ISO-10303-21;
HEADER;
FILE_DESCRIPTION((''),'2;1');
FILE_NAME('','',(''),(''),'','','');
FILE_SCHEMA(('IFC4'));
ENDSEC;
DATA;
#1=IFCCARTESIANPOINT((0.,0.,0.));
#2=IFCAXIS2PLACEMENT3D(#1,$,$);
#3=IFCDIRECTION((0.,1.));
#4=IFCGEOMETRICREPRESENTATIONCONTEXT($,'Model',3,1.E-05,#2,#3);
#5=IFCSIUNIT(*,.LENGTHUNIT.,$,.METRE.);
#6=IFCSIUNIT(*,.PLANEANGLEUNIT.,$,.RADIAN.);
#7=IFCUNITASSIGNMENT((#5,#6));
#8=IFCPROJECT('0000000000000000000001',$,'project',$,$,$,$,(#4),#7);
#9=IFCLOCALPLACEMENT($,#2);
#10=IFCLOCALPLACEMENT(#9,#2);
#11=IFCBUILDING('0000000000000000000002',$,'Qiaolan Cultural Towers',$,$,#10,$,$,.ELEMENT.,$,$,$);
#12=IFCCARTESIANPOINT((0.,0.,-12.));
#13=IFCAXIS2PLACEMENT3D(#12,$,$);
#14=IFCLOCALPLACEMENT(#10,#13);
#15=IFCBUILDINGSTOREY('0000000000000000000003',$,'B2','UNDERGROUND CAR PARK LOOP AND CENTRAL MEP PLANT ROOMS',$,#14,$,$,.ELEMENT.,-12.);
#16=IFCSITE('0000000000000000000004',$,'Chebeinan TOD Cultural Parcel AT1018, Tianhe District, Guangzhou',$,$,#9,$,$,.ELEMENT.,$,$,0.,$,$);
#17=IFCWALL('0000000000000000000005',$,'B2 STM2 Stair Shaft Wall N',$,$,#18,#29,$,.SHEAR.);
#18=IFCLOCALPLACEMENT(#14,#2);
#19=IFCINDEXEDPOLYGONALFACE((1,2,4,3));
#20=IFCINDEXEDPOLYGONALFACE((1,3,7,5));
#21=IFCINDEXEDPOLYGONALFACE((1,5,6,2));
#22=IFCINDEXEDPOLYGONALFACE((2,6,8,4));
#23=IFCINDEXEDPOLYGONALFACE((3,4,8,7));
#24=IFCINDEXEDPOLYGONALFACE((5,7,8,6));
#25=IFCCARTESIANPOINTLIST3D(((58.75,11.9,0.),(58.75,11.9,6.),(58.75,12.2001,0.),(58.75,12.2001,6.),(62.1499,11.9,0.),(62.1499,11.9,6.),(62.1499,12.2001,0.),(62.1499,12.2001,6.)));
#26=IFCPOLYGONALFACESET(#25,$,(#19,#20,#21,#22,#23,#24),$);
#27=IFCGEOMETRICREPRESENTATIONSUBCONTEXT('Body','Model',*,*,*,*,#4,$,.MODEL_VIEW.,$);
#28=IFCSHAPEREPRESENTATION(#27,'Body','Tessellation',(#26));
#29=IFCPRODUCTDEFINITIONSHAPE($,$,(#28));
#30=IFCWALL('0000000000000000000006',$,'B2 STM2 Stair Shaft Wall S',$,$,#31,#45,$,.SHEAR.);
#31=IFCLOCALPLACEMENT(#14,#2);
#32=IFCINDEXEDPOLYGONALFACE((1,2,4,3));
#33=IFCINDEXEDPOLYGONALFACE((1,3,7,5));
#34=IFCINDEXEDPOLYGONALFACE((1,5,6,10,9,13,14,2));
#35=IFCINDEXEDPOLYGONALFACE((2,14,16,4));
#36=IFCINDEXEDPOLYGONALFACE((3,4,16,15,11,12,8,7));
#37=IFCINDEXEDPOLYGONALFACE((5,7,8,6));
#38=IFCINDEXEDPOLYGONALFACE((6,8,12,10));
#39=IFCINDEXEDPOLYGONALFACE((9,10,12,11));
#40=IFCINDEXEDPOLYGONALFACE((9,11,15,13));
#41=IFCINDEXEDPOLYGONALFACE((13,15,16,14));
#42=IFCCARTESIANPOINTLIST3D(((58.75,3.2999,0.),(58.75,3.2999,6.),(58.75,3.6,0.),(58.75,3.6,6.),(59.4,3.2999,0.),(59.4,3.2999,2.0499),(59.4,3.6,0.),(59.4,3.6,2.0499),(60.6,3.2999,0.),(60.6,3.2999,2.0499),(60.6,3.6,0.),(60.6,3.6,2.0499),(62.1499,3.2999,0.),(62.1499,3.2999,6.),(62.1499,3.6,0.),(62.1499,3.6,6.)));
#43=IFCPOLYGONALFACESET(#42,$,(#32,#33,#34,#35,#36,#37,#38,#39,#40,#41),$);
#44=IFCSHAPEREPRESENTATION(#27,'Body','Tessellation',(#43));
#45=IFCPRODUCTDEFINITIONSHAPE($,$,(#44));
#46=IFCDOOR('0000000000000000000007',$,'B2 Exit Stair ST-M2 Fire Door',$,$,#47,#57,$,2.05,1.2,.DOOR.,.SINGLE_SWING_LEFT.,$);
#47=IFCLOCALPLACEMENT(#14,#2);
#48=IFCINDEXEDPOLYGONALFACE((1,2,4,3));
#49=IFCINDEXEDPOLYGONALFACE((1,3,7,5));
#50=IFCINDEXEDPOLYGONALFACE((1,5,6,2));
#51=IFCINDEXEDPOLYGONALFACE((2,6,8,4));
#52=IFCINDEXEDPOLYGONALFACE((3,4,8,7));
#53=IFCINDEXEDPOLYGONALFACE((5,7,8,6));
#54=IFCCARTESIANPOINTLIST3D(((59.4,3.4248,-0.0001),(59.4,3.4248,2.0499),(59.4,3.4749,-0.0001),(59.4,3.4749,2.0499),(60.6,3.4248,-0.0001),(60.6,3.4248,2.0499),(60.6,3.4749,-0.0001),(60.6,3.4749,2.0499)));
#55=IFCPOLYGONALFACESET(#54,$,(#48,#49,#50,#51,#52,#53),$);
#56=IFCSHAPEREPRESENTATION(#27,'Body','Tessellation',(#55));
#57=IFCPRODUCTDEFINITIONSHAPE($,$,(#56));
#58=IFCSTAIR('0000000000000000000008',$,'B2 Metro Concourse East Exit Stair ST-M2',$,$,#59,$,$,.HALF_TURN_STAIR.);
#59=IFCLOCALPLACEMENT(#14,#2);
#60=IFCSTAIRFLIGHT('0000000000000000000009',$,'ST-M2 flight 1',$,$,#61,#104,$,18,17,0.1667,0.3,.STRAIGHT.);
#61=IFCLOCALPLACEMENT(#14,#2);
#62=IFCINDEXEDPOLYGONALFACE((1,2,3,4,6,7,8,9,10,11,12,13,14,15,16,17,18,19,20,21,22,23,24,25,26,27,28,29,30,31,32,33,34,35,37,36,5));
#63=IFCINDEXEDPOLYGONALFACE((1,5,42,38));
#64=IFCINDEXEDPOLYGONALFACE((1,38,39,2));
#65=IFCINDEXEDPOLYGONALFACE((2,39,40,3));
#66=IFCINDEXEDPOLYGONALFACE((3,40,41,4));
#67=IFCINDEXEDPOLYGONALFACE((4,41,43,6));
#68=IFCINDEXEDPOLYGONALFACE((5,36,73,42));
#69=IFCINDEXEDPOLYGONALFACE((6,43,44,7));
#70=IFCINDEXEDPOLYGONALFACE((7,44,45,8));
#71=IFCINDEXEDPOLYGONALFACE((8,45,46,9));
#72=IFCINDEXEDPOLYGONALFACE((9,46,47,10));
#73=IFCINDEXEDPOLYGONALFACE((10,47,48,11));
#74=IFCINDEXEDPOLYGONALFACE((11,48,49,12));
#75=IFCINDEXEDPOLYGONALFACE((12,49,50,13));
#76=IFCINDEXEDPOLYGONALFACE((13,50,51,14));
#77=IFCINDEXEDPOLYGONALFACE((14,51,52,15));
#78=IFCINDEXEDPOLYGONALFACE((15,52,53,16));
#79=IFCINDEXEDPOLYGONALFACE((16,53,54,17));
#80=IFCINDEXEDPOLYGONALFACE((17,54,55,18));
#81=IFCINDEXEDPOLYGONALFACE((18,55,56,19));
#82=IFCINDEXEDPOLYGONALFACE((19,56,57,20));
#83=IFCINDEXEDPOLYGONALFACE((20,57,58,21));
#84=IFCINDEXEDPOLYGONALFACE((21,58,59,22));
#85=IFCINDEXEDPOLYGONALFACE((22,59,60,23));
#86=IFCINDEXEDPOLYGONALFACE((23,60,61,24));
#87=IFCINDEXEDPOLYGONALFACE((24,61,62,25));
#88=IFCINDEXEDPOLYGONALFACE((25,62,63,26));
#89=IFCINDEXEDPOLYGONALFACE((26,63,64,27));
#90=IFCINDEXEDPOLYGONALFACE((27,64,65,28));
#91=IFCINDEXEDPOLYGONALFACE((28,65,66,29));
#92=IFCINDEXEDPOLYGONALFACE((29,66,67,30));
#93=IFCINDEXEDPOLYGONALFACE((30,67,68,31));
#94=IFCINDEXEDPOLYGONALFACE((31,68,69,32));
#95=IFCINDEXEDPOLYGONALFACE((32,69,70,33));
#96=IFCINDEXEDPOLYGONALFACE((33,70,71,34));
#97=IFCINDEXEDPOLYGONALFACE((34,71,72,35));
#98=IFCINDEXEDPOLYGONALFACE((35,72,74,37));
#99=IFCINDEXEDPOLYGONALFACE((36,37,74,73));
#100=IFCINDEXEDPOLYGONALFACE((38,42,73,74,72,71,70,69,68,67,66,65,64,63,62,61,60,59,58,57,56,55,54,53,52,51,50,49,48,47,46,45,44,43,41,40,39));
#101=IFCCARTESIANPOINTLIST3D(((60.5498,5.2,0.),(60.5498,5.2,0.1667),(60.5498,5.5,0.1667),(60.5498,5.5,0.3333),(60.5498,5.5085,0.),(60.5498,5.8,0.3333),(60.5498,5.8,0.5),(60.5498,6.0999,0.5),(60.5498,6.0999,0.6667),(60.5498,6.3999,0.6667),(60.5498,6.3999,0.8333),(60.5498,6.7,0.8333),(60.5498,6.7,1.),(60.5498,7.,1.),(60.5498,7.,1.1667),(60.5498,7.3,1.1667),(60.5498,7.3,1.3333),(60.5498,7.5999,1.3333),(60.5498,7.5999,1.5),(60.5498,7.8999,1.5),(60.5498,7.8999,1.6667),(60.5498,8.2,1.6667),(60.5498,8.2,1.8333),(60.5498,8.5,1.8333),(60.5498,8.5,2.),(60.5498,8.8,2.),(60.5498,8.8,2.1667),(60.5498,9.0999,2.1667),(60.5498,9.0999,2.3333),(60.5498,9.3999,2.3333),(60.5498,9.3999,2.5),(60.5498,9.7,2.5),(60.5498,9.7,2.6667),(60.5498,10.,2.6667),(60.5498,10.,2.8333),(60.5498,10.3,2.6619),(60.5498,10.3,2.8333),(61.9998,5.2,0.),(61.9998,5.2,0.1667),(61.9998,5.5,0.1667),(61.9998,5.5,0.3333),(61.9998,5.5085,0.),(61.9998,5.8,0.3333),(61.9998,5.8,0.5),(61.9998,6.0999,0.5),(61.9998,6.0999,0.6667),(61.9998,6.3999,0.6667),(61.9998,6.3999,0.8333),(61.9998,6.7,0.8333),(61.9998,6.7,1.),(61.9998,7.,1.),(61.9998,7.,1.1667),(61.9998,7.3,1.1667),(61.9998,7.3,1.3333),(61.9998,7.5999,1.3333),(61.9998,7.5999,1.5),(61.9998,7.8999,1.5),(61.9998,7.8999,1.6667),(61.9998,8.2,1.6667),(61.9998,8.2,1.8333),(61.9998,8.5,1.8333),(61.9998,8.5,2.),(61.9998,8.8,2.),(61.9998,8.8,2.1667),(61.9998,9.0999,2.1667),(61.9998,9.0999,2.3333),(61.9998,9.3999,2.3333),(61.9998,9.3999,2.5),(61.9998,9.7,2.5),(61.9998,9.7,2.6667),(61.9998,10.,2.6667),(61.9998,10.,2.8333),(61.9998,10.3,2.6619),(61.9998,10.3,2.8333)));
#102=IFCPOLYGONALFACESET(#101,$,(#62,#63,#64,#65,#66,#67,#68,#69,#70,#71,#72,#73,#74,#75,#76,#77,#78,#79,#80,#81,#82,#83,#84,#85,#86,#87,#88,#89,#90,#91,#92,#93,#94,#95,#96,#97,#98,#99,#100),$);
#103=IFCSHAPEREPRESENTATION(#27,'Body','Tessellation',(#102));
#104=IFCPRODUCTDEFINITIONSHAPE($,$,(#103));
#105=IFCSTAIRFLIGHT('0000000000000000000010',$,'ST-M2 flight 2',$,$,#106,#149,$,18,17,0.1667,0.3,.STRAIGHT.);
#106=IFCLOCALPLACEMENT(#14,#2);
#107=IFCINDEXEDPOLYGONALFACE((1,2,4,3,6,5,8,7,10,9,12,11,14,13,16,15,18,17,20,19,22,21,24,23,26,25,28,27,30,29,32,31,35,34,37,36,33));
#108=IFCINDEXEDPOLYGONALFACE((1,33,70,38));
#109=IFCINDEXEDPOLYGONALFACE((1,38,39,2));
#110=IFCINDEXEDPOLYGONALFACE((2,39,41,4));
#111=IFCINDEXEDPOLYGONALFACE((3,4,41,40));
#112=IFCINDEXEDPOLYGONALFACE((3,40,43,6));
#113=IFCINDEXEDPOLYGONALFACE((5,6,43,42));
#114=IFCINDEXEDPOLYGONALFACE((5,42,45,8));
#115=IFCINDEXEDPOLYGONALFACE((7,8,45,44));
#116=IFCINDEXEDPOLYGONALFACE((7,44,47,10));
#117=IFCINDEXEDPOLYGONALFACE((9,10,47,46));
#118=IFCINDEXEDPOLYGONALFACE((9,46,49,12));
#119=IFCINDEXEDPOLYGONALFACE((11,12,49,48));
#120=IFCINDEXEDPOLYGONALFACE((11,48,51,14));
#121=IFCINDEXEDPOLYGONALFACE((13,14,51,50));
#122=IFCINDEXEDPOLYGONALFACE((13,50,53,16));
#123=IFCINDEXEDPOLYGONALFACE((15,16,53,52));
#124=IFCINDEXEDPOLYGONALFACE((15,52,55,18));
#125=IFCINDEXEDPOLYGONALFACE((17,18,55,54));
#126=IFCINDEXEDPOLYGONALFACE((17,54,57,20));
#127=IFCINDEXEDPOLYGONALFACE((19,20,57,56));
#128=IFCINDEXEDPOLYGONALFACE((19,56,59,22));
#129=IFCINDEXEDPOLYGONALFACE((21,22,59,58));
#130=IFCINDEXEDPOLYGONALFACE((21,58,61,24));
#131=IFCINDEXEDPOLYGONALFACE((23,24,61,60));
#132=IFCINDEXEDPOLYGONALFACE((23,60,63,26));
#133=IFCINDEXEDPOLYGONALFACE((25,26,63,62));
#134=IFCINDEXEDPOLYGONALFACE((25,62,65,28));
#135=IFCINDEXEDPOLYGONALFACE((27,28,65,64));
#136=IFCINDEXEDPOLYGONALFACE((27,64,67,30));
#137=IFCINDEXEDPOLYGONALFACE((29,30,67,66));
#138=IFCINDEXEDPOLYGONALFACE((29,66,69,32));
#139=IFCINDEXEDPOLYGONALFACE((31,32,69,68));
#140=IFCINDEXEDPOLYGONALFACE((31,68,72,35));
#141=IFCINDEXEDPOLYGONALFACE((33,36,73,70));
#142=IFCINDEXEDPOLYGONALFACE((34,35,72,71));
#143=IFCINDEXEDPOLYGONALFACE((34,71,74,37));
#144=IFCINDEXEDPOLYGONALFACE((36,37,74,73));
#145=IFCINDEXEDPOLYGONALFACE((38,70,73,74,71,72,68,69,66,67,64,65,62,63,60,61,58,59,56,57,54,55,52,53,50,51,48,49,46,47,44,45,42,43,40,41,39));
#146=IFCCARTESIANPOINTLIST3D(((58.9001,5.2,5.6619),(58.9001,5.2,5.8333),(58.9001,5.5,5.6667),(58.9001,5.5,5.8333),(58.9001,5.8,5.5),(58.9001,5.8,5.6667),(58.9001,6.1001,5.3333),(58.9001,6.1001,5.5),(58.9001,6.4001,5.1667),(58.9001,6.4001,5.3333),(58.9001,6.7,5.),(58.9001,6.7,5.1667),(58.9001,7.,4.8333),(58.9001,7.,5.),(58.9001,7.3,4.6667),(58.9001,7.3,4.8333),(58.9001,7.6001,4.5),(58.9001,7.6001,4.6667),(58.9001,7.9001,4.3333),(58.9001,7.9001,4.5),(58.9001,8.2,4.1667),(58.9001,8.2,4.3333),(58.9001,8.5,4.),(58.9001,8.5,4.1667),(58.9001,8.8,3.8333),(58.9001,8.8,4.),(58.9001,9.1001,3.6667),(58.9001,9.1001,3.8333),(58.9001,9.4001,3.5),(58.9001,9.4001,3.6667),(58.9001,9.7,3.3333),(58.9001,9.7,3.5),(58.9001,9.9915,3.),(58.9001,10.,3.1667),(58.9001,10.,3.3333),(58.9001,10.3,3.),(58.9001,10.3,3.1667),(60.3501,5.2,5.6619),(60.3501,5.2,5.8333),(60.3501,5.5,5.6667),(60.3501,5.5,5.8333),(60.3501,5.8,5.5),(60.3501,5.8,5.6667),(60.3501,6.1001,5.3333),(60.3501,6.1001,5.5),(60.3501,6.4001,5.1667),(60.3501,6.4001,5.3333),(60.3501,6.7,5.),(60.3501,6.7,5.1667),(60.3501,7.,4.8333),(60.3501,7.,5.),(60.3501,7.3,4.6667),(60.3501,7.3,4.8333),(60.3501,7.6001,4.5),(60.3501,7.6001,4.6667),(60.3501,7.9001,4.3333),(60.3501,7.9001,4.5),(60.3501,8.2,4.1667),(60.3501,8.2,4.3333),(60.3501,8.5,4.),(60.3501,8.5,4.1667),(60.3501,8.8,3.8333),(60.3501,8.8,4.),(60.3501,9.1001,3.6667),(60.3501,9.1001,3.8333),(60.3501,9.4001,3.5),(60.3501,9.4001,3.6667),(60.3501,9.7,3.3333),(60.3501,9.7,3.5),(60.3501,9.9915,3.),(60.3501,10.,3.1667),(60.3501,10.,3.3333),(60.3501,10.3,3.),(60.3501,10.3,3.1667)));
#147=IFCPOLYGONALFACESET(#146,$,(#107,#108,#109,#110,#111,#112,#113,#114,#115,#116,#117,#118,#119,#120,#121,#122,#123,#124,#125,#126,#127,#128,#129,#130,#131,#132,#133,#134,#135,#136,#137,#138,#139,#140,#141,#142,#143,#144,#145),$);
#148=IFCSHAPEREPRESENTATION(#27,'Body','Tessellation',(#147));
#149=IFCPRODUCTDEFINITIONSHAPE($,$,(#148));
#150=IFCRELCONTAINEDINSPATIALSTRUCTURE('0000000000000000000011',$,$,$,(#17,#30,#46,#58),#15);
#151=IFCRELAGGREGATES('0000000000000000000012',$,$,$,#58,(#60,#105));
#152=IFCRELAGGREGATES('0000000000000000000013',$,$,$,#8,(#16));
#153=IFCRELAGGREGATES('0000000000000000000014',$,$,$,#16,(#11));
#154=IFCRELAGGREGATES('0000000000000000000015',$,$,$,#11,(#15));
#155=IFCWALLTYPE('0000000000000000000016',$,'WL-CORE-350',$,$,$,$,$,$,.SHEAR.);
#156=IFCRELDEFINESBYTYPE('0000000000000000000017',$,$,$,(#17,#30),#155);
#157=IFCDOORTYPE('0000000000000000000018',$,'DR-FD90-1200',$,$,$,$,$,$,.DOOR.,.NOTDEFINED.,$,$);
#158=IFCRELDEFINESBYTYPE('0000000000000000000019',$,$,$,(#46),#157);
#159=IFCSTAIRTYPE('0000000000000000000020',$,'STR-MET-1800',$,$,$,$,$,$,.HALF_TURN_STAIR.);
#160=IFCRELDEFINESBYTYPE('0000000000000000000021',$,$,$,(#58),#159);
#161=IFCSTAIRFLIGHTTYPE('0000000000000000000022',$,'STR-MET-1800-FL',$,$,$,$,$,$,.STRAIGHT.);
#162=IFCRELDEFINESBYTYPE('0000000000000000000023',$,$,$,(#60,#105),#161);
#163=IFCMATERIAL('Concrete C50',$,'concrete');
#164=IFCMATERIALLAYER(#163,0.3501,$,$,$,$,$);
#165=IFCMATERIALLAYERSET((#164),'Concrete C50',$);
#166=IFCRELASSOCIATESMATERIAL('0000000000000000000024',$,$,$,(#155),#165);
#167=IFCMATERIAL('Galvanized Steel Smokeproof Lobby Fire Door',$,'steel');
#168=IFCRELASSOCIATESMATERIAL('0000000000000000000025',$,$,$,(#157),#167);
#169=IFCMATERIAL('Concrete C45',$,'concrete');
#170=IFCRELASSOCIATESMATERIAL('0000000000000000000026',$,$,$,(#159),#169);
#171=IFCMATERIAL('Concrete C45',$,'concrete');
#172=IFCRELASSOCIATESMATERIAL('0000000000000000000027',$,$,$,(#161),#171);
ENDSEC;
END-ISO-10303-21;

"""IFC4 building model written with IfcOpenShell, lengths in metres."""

from ifc_helpers import new_model, si_unit, direction, frame, frame_2d, origin, place, context, subcontext, project, spatial, polyline, rectangle, outline, extrude, material, layer, layer_set, type_object, element, fill, aggregate, save


model = new_model("IFC4")

# Units and contexts
model_context = context("Model", 3, precision=1e-05, world=origin(), true_north=direction((0.0, 1.0)))
body_context = subcontext(model_context, "Body", "Model", "MODEL_VIEW")
ifc_project = project(units=[si_unit("LENGTHUNIT", "METRE"), si_unit("PLANEANGLEUNIT", "RADIAN")], contexts=[model_context])

# Site, building, storey
site_placement = place(None, origin())
site = spatial("IfcSite", under=ifc_project, at=site_placement, Name="Chebeinan TOD Cultural Parcel AT1018, Tianhe District, Guangzhou", CompositionType="ELEMENT", RefElevation=0.0)
building_placement = place(site_placement, origin())
building = spatial("IfcBuilding", under=site, at=building_placement, Name="Qiaolan Cultural Towers", CompositionType="ELEMENT")
storey_placement = place(building_placement, frame((0.0, 0.0, -12.0)))
storey = spatial("IfcBuildingStorey", under=building, at=storey_placement, Name="B2", Description="UNDERGROUND CAR PARK LOOP AND CENTRAL MEP PLANT ROOMS", CompositionType="ELEMENT", Elevation=-12.0)

# Wall
ifc_material_1 = material(Name="Concrete C50", Category="concrete")
ifc_layer = layer(ifc_material_1, 0.3501)
ifc_layer_set = layer_set([ifc_layer], Name="Concrete C50")
wall_type = type_object("IfcWallType", Name="WL-CORE-350", PredefinedType="SHEAR", material=ifc_layer_set)
wall_1_placement = place(storey_placement, frame((58.75, 12.05, 0.0), z_axis=(0.0, 0.0, 1.0), x_axis=(1.0, 0.0, 0.0)))
element("IfcWall", 1, at=wall_1_placement, inside=storey, type_object=wall_type, Name="B2 STM2 Stair Shaft Wall N", PredefinedType="SHEAR", context=body_context, shape_type="SweptSolid", body=[
    extrude(rectangle(XDim=3.3999, YDim=0.3, at=frame_2d((1.7, 0.0))), origin(), (0.0, 0.0, 1.0), 6.0),
])

# Wall, opening, door
wall_2_placement = place(storey_placement, frame((58.75, 3.45, 0.0), z_axis=(0.0, 0.0, 1.0), x_axis=(1.0, 0.0, 0.0)))
wall_2 = element("IfcWall", 2, at=wall_2_placement, inside=storey, type_object=wall_type, Name="B2 STM2 Stair Shaft Wall S", PredefinedType="SHEAR", context=body_context, shape_type="SweptSolid", body=[
    extrude(rectangle(XDim=3.3999, YDim=0.3, at=frame_2d((1.7, 0.0))), origin(), (0.0, 0.0, 1.0), 6.0),
])
opening_placement = place(wall_2_placement, frame((0.6499, 0.0, 0.0)))
opening = element("IfcOpeningElement", 3, at=opening_placement, cuts=wall_2, PredefinedType="OPENING", context=body_context, shape_type="SweptSolid", body=[
    extrude(rectangle(XDim=1.2, YDim=2.05, at=frame_2d((0.6001, 1.0249))), frame((0.0, 0.1599, 0.0), z_axis=(0.0, -1.0, 0.0), x_axis=(1.0, 0.0, 0.0)), (0.0, 0.0, 1.0), 0.3201),
])
ifc_material_2 = material(Name="Galvanized Steel Smokeproof Lobby Fire Door", Category="steel")
door_type = type_object("IfcDoorType", Name="DR-FD90-1200", OperationType="NOTDEFINED", PredefinedType="DOOR", material=ifc_material_2)
door_placement = place(opening_placement, origin())
door = element("IfcDoor", 4, at=door_placement, inside=storey, type_object=door_type, Name="B2 Exit Stair ST-M2 Fire Door", OperationType="SINGLE_SWING_LEFT", OverallHeight=2.05, OverallWidth=1.2, PredefinedType="DOOR", context=body_context, shape_type="SweptSolid", body=[
    extrude(rectangle(XDim=1.2, YDim=2.05, at=frame_2d((0.6001, 1.0249))), frame((0.0, 0.0249, 0.0), z_axis=(0.0, -1.0, 0.0), x_axis=(1.0, 0.0, 0.0)), (0.0, 0.0, 1.0), 0.05),
])
fill(opening, door)

# Stair, stair flights
ifc_material_3 = material(Name="Concrete C45", Category="concrete")
stair_type = type_object("IfcStairType", Name="STR-MET-1800", PredefinedType="HALF_TURN_STAIR", material=ifc_material_3)
stair_placement = place(storey_placement, origin())
stair = element("IfcStair", 5, at=stair_placement, inside=storey, type_object=stair_type, Name="B2 Metro Concourse East Exit Stair ST-M2", PredefinedType="HALF_TURN_STAIR")
ifc_material_4 = material(Name="Concrete C45", Category="concrete")
stair_flight_type = type_object("IfcStairFlightType", Name="STR-MET-1800-FL", PredefinedType="STRAIGHT", material=ifc_material_4)
stair_flight_1_placement = place(storey_placement, frame((61.2749, 5.2, 0.0), z_axis=(0.0, 0.0, 1.0), x_axis=(0.0, 1.0, 0.0)))
stair_flight_1 = element("IfcStairFlight", 6, at=stair_flight_1_placement, type_object=stair_flight_type, Name="ST-M2 flight 1", NumberOfRisers=18, NumberOfTreads=17, PredefinedType="STRAIGHT", RiserHeight=0.1667, TreadLength=0.3, context=body_context, shape_type="SweptSolid", body=[
    extrude(outline(polyline([(0.0, 0.0), (0.0, 0.1667), (0.3, 0.1667), (0.3, 0.3333), (0.6001, 0.3333), (0.6001, 0.5), (0.8999, 0.5), (0.8999, 0.6667), (1.2, 0.6667), (1.2, 0.8333), (1.5, 0.8333), (1.5, 1.0), (1.8, 1.0), (1.8, 1.1667), (2.1001, 1.1667), (2.1001, 1.3333), (2.3999, 1.3333), (2.3999, 1.5), (2.7, 1.5), (2.7, 1.6667), (3.0, 1.6667), (3.0, 1.8333), (3.3, 1.8333), (3.3, 2.0), (3.6001, 2.0), (3.6001, 2.1667), (3.8999, 2.1667), (3.8999, 2.3333), (4.2, 2.3333), (4.2, 2.5), (4.5, 2.5), (4.5, 2.6667), (4.8, 2.6667), (4.8, 2.8333), (5.1001, 2.8333), (5.1001, 3.0), (5.1001, 2.6619), (0.3086, 0.0), (0.0, 0.0)])), frame((0.0, 0.7251, 0.0), z_axis=(0.0, -1.0, 0.0), x_axis=(1.0, 0.0, 0.0)), (0.0, 0.0, 1.0), 1.45),
])
stair_flight_2_placement = place(storey_placement, frame((59.625, 10.3, 3.0), z_axis=(0.0, 0.0, 1.0), x_axis=(0.0, -1.0, 0.0)))
stair_flight_2 = element("IfcStairFlight", 7, at=stair_flight_2_placement, type_object=stair_flight_type, Name="ST-M2 flight 2", NumberOfRisers=18, NumberOfTreads=17, PredefinedType="STRAIGHT", RiserHeight=0.1667, TreadLength=0.3, context=body_context, shape_type="SweptSolid", body=[
    extrude(outline(polyline([(0.0, 0.0), (0.0, 0.1667), (0.3, 0.1667), (0.3, 0.3333), (0.6001, 0.3333), (0.6001, 0.5), (0.8999, 0.5), (0.8999, 0.6667), (1.2, 0.6667), (1.2, 0.8333), (1.5, 0.8333), (1.5, 1.0), (1.8, 1.0), (1.8, 1.1667), (2.1001, 1.1667), (2.1001, 1.3333), (2.3999, 1.3333), (2.3999, 1.5), (2.7, 1.5), (2.7, 1.6667), (3.0, 1.6667), (3.0, 1.8333), (3.3, 1.8333), (3.3, 2.0), (3.6001, 2.0), (3.6001, 2.1667), (3.8999, 2.1667), (3.8999, 2.3333), (4.2, 2.3333), (4.2, 2.5), (4.5, 2.5), (4.5, 2.6667), (4.8, 2.6667), (4.8, 2.8333), (5.1001, 2.8333), (5.1001, 3.0), (5.1001, 2.6619), (0.3086, 0.0), (0.0, 0.0)])), frame((0.0, 0.7251, 0.0), z_axis=(0.0, -1.0, 0.0), x_axis=(1.0, 0.0, 0.0)), (0.0, 0.0, 1.0), 1.45),
])
aggregate(stair, [stair_flight_1, stair_flight_2])

save(model, "model.ifc")
